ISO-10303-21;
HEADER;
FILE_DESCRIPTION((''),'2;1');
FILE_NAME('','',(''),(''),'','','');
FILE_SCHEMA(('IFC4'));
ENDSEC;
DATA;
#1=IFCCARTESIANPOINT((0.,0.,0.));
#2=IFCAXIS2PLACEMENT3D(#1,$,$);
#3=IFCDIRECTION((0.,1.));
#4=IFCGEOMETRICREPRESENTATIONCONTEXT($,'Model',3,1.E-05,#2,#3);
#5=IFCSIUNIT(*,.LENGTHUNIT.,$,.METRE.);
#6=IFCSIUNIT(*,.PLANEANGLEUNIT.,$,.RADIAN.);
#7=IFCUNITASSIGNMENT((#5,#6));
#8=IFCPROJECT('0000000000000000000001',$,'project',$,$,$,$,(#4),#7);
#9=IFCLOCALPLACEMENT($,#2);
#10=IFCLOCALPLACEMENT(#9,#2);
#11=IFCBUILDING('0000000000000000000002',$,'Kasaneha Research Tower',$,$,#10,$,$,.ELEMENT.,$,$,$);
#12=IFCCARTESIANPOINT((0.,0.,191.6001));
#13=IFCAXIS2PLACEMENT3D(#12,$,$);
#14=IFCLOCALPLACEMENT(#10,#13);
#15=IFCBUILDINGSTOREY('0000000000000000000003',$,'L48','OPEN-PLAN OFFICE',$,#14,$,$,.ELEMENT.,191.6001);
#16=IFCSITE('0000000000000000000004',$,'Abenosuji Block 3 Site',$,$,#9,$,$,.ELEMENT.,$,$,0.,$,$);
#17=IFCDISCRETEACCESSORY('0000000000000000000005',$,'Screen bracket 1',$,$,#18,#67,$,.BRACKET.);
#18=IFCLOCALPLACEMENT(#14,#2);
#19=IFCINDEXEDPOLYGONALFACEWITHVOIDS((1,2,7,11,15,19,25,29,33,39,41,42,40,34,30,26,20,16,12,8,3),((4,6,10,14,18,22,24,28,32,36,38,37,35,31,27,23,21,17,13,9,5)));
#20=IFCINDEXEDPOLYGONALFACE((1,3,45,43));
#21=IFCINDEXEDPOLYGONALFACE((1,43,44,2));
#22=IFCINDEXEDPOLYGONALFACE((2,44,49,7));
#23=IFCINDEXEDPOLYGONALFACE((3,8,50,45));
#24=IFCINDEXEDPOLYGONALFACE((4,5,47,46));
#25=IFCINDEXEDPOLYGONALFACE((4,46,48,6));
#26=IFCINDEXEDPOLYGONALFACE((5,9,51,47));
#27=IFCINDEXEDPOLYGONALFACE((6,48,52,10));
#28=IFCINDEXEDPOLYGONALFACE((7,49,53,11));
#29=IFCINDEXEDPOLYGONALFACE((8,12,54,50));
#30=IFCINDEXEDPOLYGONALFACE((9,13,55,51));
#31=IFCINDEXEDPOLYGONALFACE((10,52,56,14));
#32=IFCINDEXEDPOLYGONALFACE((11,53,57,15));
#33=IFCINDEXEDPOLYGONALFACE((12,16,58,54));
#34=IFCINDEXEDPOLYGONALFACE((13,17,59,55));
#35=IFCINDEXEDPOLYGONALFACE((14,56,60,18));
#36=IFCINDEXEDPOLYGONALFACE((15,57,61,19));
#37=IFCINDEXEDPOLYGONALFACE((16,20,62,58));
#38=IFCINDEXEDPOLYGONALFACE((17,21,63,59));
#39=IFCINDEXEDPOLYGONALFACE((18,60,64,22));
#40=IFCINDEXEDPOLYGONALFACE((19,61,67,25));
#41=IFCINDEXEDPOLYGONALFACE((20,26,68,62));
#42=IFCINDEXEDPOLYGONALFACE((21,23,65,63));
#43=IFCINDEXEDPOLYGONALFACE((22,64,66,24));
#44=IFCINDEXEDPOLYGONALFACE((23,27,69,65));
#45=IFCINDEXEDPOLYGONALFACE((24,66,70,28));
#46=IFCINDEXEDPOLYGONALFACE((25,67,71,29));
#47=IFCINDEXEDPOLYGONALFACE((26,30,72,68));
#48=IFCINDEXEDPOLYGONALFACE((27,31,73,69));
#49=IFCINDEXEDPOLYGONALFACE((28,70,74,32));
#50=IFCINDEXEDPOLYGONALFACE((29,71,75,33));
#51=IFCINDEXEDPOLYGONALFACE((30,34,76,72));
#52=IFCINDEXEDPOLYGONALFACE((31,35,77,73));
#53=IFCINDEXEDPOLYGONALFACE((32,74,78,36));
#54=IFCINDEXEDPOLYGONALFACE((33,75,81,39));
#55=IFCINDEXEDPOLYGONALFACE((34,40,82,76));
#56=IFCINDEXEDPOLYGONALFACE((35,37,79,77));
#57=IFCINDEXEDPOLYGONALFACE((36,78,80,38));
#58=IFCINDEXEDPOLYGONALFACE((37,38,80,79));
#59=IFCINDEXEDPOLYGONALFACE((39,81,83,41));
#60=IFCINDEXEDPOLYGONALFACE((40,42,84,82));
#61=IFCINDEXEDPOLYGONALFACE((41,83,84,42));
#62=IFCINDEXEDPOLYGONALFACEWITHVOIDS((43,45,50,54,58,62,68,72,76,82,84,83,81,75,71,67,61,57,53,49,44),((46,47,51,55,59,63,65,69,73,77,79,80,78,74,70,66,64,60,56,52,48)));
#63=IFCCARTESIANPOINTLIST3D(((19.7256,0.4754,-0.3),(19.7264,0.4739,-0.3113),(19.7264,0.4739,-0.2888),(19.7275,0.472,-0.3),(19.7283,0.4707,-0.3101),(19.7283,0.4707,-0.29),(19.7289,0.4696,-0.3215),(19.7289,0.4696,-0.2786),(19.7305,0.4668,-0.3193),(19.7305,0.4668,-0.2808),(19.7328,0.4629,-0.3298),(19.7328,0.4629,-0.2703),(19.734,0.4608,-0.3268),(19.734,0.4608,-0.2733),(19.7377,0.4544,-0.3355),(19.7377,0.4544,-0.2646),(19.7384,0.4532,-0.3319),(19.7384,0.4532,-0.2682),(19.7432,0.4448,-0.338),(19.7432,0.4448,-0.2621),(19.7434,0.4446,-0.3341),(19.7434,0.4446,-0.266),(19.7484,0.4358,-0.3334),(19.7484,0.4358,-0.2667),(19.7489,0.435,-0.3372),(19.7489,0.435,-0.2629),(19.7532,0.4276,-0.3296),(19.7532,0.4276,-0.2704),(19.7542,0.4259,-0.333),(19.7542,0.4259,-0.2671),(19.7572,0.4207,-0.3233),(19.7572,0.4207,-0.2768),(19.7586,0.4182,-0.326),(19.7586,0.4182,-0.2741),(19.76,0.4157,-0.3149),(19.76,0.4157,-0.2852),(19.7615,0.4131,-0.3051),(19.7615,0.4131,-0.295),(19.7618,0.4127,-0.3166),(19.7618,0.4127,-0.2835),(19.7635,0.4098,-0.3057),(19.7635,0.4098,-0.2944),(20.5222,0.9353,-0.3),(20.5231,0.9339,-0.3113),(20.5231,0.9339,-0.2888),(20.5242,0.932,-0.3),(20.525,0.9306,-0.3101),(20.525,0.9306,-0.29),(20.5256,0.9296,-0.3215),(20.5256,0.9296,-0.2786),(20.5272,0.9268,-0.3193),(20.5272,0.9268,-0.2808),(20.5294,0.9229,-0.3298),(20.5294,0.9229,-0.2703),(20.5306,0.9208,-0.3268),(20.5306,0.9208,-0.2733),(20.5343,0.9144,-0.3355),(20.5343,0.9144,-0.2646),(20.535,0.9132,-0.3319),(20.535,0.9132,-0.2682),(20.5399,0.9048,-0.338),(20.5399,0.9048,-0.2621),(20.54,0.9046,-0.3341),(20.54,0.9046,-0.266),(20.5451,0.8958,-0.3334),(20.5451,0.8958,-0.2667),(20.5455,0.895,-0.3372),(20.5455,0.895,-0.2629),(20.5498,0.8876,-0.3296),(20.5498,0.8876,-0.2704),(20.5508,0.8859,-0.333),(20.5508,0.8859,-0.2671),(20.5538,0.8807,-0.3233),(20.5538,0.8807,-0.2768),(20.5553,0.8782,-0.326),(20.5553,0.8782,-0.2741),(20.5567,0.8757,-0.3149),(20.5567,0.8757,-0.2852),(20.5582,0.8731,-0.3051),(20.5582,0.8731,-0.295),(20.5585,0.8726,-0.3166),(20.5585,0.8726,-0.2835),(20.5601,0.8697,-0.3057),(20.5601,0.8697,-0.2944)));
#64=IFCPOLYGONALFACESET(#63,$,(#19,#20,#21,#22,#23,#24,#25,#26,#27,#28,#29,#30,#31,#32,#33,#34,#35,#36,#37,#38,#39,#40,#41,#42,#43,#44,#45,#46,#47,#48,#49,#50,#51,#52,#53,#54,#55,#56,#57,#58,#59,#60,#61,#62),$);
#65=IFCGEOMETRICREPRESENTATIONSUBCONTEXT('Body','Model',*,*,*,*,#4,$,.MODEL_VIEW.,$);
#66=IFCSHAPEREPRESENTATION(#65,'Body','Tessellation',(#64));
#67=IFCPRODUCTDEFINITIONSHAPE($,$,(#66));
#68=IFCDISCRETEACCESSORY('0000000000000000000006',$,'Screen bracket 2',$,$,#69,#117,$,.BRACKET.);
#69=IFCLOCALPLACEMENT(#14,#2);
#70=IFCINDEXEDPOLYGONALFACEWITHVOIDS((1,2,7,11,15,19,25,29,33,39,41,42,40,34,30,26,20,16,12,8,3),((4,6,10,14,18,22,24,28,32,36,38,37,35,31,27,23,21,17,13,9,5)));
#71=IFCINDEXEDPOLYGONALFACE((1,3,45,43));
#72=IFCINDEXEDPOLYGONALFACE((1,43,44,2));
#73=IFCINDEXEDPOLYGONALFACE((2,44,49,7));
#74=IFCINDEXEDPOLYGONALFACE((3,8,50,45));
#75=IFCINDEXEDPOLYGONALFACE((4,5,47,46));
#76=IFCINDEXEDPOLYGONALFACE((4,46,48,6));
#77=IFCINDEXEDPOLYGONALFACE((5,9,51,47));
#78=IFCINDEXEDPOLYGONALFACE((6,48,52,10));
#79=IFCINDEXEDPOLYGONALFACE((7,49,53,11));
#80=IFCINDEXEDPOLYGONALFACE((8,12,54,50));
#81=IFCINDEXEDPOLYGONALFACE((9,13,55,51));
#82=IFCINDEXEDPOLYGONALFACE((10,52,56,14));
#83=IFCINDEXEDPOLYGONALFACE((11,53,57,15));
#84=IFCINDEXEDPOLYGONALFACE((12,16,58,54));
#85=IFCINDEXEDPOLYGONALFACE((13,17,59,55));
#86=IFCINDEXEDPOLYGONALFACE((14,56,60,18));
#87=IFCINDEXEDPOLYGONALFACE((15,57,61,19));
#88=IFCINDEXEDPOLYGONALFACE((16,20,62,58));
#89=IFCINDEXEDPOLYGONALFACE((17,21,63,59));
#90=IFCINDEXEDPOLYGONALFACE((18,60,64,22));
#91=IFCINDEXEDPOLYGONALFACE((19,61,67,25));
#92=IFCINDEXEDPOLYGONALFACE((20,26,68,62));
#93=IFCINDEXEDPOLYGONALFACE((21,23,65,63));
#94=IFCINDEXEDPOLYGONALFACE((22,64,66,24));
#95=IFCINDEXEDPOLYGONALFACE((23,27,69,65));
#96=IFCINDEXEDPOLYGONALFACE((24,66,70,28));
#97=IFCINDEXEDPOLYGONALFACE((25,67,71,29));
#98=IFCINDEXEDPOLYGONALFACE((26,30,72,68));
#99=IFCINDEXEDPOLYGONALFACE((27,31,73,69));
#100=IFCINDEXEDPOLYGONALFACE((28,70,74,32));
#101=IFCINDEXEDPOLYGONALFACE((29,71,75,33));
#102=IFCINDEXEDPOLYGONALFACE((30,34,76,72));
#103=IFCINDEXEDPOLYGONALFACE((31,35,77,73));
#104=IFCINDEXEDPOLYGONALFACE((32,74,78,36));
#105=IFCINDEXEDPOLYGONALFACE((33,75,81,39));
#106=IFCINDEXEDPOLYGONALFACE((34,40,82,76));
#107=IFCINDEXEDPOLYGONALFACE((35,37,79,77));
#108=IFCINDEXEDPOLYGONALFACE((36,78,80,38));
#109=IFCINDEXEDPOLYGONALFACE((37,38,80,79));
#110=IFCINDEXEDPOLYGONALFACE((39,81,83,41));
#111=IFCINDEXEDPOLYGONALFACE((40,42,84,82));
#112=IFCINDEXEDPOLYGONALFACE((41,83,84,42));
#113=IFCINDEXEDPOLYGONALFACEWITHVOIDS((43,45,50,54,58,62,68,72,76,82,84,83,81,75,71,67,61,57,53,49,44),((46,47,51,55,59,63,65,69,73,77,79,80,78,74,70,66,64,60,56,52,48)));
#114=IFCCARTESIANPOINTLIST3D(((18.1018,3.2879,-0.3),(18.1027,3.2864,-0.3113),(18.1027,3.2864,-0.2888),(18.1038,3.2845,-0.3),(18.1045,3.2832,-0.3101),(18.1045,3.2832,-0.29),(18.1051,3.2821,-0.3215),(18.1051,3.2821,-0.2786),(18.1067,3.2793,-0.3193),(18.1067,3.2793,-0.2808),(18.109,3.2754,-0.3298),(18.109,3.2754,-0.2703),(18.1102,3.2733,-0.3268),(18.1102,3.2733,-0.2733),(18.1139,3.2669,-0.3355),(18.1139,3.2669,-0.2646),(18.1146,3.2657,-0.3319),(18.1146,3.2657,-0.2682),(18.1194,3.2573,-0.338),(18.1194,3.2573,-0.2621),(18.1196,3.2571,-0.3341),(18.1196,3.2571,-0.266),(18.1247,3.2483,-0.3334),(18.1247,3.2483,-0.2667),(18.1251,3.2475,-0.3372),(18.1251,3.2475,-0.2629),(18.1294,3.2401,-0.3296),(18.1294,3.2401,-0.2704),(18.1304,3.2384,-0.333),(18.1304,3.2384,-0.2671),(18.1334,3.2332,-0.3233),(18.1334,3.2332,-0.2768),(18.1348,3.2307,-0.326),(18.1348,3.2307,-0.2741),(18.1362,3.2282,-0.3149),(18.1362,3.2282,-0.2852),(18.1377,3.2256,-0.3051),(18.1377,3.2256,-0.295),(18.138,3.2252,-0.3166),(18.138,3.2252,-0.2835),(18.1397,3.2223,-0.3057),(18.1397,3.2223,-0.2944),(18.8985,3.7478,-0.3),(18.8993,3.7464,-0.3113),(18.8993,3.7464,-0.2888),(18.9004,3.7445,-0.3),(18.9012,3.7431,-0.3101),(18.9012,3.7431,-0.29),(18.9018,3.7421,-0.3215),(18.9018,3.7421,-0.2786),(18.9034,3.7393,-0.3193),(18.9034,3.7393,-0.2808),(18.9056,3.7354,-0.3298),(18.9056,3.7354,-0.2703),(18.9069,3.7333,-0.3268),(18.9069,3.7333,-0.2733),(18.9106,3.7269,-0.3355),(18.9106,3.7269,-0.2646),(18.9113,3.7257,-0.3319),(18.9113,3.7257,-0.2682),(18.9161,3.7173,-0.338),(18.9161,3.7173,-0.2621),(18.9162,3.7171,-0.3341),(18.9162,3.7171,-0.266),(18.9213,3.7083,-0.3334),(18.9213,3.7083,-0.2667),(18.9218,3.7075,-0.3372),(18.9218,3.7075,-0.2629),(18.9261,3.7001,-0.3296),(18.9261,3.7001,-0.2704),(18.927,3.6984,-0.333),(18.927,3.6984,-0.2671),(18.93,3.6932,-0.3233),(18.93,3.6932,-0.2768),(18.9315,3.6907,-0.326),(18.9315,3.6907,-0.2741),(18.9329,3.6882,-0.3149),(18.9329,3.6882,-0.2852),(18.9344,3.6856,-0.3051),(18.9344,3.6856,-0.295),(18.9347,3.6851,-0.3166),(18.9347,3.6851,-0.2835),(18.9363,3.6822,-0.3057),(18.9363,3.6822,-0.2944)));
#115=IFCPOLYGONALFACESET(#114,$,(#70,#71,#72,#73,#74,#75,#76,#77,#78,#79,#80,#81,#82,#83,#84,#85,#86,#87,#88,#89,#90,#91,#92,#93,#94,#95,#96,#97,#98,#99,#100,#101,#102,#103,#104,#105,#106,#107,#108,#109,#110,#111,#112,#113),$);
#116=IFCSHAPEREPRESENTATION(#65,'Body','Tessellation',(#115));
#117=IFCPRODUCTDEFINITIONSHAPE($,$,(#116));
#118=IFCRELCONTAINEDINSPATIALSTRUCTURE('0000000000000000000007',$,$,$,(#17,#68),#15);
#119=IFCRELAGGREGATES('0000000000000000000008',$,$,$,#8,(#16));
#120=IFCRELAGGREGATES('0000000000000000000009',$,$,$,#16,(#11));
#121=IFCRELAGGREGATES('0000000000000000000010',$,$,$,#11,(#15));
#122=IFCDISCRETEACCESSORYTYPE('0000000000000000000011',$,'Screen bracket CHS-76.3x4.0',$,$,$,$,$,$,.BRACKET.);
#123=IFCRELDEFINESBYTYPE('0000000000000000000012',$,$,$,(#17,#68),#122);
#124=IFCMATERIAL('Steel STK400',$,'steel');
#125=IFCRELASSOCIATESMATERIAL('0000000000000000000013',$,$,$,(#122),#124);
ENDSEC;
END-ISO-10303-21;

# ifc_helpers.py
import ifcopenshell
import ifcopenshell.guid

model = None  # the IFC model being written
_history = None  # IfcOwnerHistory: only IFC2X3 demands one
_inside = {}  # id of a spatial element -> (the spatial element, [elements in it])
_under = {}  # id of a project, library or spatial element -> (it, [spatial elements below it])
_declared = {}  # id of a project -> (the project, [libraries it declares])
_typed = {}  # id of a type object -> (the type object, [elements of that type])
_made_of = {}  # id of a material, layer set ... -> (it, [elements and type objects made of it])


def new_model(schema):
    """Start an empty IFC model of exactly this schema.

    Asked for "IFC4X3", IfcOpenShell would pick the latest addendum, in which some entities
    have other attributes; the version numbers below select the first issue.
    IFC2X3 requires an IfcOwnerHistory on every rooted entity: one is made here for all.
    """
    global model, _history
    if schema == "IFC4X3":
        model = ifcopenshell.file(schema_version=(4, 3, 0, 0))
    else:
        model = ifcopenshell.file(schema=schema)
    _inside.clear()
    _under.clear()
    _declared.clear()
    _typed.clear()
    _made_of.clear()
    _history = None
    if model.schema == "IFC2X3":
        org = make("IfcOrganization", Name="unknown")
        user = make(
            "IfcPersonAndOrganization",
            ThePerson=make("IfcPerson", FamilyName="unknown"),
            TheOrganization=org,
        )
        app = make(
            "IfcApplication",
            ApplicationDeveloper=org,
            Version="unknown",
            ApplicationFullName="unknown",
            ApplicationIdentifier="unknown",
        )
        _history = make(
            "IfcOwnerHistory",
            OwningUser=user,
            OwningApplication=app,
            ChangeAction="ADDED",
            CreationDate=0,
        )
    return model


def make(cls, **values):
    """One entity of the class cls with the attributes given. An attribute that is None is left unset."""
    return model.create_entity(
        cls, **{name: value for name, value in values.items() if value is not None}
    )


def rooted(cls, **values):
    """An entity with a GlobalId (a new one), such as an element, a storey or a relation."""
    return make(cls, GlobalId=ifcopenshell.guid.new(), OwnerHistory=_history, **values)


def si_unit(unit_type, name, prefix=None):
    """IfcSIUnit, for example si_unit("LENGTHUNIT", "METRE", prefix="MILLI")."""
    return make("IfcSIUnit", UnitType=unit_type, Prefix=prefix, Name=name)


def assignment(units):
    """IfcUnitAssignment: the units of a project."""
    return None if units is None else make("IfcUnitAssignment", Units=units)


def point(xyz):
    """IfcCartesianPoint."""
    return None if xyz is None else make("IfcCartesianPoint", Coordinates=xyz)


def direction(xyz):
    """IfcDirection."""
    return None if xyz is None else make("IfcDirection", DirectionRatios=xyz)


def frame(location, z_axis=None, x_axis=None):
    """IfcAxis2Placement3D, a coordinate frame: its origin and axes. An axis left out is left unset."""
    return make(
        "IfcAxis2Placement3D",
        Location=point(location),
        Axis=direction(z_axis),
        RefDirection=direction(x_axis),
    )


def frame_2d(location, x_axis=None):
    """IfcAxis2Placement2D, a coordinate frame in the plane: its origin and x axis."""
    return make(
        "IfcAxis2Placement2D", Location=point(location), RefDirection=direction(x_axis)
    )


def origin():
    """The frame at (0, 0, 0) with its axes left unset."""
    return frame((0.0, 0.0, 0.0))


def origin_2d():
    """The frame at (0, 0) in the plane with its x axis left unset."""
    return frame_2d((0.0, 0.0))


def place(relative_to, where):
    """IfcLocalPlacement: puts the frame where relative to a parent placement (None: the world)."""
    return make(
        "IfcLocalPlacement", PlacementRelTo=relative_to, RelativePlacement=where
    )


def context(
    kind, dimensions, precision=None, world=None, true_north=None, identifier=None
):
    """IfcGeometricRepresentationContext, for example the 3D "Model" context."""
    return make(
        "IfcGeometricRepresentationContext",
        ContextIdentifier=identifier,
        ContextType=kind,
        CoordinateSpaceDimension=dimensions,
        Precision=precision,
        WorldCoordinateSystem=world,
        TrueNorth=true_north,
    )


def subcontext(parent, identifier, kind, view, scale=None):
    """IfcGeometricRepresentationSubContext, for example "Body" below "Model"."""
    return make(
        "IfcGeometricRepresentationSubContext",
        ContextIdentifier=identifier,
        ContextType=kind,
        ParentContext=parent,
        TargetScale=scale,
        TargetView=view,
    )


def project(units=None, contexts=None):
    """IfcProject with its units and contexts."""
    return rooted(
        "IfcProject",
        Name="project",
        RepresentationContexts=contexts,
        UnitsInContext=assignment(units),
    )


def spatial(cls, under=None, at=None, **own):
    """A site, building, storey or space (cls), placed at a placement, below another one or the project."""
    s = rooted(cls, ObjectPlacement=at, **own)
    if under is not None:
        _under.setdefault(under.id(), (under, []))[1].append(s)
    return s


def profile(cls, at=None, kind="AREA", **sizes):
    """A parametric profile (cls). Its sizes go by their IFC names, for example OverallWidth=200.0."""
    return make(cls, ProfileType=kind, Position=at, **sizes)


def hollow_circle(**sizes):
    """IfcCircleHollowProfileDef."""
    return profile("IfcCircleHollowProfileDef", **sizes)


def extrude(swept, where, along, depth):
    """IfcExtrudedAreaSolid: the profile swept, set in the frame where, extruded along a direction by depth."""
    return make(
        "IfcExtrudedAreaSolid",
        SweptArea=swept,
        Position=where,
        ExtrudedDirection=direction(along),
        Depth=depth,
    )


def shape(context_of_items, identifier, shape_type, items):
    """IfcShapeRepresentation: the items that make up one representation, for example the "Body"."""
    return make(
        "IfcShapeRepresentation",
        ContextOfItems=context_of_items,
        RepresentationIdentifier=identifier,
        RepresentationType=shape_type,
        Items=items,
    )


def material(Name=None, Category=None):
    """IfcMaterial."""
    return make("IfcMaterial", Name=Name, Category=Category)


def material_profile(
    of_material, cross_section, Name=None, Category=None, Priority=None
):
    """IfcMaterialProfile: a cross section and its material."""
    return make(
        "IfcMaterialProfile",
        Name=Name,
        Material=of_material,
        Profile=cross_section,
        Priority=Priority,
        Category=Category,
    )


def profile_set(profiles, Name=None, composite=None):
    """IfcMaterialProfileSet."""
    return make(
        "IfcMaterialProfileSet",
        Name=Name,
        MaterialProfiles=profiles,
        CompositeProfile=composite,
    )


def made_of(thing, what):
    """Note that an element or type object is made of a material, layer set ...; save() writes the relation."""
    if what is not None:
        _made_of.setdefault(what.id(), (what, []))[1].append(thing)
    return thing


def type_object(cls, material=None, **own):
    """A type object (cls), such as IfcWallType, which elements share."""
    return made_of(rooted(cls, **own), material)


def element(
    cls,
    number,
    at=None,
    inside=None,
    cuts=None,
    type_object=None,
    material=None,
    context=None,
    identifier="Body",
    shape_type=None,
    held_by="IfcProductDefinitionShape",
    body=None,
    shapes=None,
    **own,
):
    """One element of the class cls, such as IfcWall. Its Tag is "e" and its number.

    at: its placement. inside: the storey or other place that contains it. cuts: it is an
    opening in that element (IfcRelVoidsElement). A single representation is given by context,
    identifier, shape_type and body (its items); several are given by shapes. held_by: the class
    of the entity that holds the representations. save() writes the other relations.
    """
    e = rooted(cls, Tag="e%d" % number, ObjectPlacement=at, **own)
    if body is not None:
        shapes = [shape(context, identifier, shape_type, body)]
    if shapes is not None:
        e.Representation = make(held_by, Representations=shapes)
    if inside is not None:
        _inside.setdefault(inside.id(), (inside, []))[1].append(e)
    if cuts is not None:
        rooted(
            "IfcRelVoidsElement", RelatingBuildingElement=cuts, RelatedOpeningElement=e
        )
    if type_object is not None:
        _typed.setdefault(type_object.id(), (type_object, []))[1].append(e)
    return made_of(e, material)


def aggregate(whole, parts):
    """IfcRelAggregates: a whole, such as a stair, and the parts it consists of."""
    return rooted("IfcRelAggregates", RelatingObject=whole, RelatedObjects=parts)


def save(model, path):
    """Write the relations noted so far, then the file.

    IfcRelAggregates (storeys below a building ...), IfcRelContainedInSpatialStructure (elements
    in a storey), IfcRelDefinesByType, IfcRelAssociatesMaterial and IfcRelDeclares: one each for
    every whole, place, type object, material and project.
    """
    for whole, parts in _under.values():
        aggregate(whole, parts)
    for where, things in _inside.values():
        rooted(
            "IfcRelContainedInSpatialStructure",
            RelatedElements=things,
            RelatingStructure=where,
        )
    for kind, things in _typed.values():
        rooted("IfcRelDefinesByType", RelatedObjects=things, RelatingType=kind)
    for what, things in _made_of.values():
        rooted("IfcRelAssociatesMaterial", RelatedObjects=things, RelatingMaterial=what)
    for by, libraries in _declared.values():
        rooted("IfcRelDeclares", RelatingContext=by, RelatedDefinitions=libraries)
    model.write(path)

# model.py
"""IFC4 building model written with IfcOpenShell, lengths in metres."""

from ifc_helpers import new_model, si_unit, direction, frame, origin, origin_2d, place, context, subcontext, project, spatial, hollow_circle, extrude, material, material_profile, profile_set, type_object, element, save


model = new_model("IFC4")

# Units and contexts
model_context = context("Model", 3, precision=1e-05, world=origin(), true_north=direction((0.0, 1.0)))
body_context = subcontext(model_context, "Body", "Model", "MODEL_VIEW")
ifc_project = project(units=[si_unit("LENGTHUNIT", "METRE"), si_unit("PLANEANGLEUNIT", "RADIAN")], contexts=[model_context])

# Site, building, storey
site_placement = place(None, origin())
site = spatial("IfcSite", under=ifc_project, at=site_placement, Name="Abenosuji Block 3 Site", CompositionType="ELEMENT", RefElevation=0.0)
building_placement = place(site_placement, origin())
building = spatial("IfcBuilding", under=site, at=building_placement, Name="Kasaneha Research Tower", CompositionType="ELEMENT")
storey_placement = place(building_placement, frame((0.0, 0.0, 191.6001)))
storey = spatial("IfcBuildingStorey", under=building, at=storey_placement, Name="L48", Description="OPEN-PLAN OFFICE", CompositionType="ELEMENT", Elevation=191.6001)

# Discrete accessories
ifc_material_1 = material(Name="Steel STK400", Category="steel")
ifc_material_profile_1 = material_profile(ifc_material_1, hollow_circle(Radius=0.0381, WallThickness=0.0039, at=origin_2d()), Name="CHS-76.3x4.0")
ifc_profile_set_1 = profile_set([ifc_material_profile_1], Name="Steel STK400")
discrete_accessory_type = type_object("IfcDiscreteAccessoryType", Name="Screen bracket CHS-76.3x4.0", PredefinedType="BRACKET", material=ifc_profile_set_1)
for number, where, z_axis, x_axis, name in (
    (1, (19.7446, 0.4424, -0.3), (0.866013, 0.500021, 0.0), (-0.500021, 0.866013, 0.0), "Screen bracket 1"),
    (2, (18.1208, 3.2549, -0.3), (0.866013, 0.500021, 0.0), (-0.500021, 0.866013, 0.0), "Screen bracket 2"),
):
    element("IfcDiscreteAccessory", number, at=place(storey_placement, frame(where, z_axis=z_axis, x_axis=x_axis)), inside=storey, type_object=discrete_accessory_type, Name=name, PredefinedType="BRACKET", context=body_context, shape_type="SweptSolid", body=[
        extrude(hollow_circle(Radius=0.0381, WallThickness=0.0039, at=origin_2d()), origin(), (0.0, 0.0, 1.0), 0.9199),
    ])

save(model, "model.ifc")
